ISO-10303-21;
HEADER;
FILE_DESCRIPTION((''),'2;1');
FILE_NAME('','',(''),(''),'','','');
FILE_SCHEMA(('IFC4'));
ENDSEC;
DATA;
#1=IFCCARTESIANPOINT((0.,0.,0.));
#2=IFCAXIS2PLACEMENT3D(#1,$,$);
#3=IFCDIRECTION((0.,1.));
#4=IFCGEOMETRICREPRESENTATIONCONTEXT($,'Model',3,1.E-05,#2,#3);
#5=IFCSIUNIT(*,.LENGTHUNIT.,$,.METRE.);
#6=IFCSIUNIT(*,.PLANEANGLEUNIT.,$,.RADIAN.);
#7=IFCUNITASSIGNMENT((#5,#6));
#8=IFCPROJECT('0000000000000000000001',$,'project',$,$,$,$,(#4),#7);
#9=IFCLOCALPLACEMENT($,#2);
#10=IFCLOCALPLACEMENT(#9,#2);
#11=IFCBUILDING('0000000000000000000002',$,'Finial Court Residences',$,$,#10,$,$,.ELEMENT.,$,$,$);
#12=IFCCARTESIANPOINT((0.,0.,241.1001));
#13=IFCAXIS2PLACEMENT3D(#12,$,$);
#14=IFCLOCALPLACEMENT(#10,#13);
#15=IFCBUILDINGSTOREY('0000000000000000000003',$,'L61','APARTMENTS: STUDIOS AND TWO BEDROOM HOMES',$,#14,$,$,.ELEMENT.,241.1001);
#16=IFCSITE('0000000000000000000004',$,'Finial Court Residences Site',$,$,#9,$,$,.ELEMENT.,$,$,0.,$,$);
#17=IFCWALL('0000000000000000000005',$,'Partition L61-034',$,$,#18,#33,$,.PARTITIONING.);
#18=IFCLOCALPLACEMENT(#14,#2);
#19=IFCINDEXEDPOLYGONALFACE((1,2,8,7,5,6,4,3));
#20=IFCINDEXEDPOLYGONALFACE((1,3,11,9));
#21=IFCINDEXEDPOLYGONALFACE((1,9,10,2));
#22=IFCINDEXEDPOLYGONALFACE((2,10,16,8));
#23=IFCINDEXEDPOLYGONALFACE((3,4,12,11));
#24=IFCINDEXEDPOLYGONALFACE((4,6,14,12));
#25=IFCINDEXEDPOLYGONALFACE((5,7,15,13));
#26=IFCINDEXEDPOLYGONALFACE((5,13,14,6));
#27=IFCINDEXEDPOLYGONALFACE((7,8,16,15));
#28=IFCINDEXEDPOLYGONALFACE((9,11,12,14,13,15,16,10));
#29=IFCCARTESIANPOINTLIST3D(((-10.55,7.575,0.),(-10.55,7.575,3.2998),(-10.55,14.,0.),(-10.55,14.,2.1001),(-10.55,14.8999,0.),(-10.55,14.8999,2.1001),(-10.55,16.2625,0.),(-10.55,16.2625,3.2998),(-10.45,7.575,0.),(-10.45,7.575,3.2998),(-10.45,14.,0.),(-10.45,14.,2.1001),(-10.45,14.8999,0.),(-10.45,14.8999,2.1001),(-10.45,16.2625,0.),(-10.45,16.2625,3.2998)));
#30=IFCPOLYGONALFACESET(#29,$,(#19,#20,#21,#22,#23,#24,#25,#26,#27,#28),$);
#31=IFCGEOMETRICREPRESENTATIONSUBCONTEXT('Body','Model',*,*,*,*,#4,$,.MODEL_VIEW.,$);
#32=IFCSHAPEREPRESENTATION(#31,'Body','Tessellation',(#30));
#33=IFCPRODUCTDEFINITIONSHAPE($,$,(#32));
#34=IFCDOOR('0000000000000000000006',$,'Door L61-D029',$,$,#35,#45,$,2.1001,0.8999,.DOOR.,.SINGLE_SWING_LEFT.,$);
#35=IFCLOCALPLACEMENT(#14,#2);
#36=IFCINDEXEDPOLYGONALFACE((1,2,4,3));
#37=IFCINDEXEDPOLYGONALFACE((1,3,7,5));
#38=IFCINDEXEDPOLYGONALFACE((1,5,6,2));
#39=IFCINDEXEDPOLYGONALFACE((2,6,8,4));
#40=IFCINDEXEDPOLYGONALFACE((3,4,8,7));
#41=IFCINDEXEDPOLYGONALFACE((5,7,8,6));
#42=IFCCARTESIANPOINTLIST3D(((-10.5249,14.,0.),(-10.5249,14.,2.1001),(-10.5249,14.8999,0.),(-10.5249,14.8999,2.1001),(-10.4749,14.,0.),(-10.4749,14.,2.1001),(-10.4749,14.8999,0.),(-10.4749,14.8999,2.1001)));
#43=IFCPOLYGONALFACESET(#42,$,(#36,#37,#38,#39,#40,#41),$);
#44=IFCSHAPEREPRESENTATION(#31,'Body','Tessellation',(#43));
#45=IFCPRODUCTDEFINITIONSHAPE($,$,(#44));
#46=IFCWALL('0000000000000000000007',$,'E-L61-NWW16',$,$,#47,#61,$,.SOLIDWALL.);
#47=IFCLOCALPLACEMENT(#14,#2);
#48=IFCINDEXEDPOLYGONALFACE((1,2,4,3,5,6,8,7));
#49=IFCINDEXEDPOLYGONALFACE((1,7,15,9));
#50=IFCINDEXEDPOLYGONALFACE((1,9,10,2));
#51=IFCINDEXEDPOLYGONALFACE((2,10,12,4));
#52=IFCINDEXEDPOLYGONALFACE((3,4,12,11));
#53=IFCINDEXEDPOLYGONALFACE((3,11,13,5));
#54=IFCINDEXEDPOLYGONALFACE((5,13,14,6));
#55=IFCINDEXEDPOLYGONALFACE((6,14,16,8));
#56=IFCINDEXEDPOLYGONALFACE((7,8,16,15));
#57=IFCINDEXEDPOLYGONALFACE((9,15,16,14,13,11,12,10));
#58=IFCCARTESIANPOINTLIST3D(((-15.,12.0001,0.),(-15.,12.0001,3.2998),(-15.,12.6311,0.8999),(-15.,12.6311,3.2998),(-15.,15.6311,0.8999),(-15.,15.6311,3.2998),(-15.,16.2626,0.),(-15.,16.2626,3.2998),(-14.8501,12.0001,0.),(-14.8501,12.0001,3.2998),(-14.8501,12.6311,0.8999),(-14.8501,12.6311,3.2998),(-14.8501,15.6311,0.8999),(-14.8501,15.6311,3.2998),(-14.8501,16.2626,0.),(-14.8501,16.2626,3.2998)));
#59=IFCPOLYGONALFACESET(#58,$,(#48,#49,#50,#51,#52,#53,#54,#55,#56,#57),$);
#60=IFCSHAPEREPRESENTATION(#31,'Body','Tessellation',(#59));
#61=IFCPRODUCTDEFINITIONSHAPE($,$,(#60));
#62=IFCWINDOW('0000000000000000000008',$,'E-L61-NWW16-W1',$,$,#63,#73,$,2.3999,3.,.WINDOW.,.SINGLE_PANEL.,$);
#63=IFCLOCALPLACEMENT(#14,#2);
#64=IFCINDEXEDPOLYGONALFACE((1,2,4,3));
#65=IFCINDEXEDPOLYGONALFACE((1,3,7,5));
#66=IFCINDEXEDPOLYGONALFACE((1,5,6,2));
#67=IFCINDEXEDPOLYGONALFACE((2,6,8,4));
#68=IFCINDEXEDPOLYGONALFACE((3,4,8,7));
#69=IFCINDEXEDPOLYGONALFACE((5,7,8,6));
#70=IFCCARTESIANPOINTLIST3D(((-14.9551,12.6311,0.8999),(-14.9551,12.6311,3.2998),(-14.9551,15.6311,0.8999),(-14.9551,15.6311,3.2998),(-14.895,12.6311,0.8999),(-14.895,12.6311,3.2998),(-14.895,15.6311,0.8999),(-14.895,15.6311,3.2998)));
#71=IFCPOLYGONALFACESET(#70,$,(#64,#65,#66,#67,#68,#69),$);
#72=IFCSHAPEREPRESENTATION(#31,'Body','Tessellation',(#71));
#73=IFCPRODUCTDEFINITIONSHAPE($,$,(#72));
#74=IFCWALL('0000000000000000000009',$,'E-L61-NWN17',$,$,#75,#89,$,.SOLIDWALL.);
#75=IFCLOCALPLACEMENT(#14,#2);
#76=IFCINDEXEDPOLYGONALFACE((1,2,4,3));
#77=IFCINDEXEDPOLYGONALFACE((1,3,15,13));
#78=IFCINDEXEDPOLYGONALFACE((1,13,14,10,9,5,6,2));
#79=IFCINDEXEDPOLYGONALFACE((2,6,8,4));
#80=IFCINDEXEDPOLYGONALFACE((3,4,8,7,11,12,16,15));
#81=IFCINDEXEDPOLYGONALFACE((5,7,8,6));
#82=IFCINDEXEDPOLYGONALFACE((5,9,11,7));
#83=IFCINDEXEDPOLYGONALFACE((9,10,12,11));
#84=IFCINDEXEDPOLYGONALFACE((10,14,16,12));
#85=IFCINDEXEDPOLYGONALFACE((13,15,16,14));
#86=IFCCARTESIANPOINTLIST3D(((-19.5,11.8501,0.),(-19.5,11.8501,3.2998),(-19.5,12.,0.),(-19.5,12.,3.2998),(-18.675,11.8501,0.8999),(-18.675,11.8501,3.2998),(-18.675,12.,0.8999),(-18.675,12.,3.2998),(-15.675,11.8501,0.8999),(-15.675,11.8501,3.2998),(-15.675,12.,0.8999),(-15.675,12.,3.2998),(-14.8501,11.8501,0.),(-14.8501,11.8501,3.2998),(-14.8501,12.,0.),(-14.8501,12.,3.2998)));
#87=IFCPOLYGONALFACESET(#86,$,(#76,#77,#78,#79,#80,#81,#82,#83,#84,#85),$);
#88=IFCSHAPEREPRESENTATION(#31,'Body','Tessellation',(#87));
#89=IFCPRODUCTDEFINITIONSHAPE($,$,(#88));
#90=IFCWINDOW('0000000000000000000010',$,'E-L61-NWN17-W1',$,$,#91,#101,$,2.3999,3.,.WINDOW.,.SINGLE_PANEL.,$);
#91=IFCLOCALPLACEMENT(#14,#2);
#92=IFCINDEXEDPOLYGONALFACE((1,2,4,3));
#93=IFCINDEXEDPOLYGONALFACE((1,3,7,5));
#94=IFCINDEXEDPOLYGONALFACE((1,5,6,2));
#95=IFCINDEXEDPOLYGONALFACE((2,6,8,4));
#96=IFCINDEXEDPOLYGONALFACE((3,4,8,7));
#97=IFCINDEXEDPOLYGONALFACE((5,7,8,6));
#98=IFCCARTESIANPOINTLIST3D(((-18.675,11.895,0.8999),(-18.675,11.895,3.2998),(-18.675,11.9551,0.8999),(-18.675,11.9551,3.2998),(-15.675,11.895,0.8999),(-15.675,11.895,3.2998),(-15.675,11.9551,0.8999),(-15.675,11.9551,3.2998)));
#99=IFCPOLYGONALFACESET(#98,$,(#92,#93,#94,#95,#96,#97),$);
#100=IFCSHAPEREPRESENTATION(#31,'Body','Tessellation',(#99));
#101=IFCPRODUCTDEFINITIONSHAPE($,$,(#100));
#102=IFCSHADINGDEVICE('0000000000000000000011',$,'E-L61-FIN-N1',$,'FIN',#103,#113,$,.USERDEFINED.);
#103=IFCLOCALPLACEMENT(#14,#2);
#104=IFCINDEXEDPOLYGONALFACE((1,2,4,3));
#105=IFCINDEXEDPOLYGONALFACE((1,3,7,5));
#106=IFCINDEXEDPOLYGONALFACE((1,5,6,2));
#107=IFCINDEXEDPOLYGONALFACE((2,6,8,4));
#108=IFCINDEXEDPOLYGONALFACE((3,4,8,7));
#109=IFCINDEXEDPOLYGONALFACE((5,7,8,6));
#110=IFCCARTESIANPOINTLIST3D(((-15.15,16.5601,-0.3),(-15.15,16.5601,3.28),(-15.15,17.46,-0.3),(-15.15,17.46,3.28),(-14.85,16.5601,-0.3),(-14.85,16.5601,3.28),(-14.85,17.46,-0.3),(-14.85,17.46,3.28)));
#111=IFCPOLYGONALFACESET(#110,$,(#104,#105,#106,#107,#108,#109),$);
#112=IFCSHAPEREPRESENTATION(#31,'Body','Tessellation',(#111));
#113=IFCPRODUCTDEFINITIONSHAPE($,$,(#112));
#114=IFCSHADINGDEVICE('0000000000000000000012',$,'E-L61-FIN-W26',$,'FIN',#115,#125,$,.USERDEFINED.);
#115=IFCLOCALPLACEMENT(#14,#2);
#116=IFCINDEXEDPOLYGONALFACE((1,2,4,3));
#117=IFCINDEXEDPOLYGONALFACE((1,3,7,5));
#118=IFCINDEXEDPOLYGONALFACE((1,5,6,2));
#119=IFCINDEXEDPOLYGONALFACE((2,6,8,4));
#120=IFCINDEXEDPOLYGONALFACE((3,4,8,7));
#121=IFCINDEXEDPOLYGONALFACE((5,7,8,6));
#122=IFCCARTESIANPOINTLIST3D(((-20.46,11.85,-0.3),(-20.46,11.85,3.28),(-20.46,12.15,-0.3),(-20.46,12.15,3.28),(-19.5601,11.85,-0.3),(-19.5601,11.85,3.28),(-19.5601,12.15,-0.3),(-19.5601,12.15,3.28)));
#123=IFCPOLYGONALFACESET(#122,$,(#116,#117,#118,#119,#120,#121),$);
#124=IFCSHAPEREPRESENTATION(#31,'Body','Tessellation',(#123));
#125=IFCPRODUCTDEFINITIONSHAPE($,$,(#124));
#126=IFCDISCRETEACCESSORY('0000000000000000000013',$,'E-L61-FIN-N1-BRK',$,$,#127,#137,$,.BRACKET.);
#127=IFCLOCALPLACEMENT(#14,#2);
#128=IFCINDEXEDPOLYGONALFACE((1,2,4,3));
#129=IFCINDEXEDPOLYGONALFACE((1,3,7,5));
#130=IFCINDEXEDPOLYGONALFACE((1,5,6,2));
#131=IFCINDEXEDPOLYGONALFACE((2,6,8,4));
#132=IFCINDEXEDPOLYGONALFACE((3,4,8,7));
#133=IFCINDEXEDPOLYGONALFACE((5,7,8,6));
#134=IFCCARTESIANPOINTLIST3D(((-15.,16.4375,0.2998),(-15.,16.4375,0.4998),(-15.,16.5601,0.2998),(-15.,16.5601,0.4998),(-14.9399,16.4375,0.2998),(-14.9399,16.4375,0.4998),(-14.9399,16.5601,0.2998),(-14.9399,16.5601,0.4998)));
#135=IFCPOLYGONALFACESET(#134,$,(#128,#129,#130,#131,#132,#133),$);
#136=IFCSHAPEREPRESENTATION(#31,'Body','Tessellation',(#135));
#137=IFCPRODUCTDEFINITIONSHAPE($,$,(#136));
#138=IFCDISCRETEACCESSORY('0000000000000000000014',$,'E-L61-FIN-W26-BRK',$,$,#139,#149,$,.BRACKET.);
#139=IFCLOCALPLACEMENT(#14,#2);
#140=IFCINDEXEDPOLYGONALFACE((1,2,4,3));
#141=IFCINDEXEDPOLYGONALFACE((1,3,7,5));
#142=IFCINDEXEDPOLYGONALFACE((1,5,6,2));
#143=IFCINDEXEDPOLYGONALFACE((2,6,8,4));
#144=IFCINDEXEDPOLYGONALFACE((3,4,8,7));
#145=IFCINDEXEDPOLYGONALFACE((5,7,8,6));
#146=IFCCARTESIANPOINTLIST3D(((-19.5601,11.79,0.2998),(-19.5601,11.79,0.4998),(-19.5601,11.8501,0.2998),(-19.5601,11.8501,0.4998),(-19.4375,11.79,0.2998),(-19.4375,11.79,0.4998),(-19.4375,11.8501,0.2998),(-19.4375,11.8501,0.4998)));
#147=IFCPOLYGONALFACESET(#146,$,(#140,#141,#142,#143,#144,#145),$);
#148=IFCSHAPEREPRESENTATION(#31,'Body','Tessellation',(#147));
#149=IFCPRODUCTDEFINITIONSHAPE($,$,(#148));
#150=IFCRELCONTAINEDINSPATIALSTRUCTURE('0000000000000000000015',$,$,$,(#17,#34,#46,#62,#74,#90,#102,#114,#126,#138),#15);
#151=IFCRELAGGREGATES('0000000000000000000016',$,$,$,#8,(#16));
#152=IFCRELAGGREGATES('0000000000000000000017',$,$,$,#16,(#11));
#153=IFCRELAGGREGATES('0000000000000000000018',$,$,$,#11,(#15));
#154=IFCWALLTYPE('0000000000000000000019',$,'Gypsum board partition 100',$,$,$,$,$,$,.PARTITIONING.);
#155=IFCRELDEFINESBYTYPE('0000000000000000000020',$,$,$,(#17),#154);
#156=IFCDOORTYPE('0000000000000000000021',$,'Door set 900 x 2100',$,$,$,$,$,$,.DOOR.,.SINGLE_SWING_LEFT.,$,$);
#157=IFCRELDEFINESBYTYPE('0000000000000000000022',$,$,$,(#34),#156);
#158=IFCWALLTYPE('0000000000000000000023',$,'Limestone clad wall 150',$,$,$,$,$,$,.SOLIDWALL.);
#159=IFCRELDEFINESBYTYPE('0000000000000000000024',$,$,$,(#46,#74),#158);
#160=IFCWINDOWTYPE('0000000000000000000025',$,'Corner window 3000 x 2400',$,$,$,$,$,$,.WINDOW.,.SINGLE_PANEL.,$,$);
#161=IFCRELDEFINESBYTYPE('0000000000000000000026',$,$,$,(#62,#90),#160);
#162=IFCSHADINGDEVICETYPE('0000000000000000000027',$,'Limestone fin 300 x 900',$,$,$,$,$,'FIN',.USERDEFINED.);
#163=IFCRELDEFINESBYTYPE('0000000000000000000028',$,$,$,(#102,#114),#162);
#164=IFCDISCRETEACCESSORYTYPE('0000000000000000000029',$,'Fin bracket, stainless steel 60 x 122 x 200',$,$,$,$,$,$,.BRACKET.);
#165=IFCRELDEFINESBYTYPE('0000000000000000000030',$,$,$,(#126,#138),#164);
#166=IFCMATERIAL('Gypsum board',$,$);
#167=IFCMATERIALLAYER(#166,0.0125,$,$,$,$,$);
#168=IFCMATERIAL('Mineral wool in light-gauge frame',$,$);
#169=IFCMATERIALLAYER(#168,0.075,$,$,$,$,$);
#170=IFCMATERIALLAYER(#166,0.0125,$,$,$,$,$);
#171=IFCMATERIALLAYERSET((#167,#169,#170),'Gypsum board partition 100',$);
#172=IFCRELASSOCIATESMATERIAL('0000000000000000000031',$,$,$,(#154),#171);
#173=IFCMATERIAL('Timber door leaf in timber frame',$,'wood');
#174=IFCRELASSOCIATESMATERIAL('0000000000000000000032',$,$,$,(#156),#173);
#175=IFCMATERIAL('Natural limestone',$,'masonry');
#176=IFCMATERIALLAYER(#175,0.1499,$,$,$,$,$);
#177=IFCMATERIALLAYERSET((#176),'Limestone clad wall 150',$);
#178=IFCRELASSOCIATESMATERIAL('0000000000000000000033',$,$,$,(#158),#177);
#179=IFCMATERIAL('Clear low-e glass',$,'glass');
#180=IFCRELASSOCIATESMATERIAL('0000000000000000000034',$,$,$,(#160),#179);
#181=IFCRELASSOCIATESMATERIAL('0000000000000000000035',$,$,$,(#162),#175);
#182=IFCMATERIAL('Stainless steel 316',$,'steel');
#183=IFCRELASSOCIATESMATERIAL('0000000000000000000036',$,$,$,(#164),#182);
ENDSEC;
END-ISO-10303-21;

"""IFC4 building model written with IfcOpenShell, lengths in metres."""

from ifc_helpers import new_model, si_unit, direction, frame, frame_2d, origin, origin_2d, place, context, subcontext, project, spatial, rectangle, extrude, material, layer, layer_set, type_object, element, fill, save


model = new_model("IFC4")

# Units and contexts
model_context = context("Model", 3, precision=1e-05, world=origin(), true_north=direction((0.0, 1.0)))
body_context = subcontext(model_context, "Body", "Model", "MODEL_VIEW")
ifc_project = project(units=[si_unit("LENGTHUNIT", "METRE"), si_unit("PLANEANGLEUNIT", "RADIAN")], contexts=[model_context])

# Site, building, storey
site_placement = place(None, origin())
site = spatial("IfcSite", under=ifc_project, at=site_placement, Name="Finial Court Residences Site", CompositionType="ELEMENT", RefElevation=0.0)
building_placement = place(site_placement, origin())
building = spatial("IfcBuilding", under=site, at=building_placement, Name="Finial Court Residences", CompositionType="ELEMENT")
storey_placement = place(building_placement, frame((0.0, 0.0, 241.1001)))
storey = spatial("IfcBuildingStorey", under=building, at=storey_placement, Name="L61", Description="APARTMENTS: STUDIOS AND TWO BEDROOM HOMES", CompositionType="ELEMENT", Elevation=241.1001)

# Shared definitions
ifc_material_1 = material(Name="Clear low-e glass", Category="glass")

# Wall, opening, door
ifc_material_2 = material(Name="Gypsum board")
ifc_layer_1 = layer(ifc_material_2, 0.0125)
ifc_material_3 = material(Name="Mineral wool in light-gauge frame")
ifc_layer_2 = layer(ifc_material_3, 0.075)
ifc_layer_3 = layer(ifc_material_2, 0.0125)
ifc_layer_set_1 = layer_set([ifc_layer_1, ifc_layer_2, ifc_layer_3], Name="Gypsum board partition 100")
wall_type_1 = type_object("IfcWallType", Name="Gypsum board partition 100", PredefinedType="PARTITIONING", material=ifc_layer_set_1)
ifc_material_4 = material(Name="Timber door leaf in timber frame", Category="wood")
door_type = type_object("IfcDoorType", Name="Door set 900 x 2100", OperationType="SINGLE_SWING_LEFT", PredefinedType="DOOR", material=ifc_material_4)
wall_1_placement = place(storey_placement, frame((-10.5, 7.575, 0.0), z_axis=(0.0, 0.0, 1.0), x_axis=(0.0, 1.0, 0.0)))
wall_1 = element("IfcWall", 1, at=wall_1_placement, inside=storey, type_object=wall_type_1, Name="Partition L61-034", PredefinedType="PARTITIONING", context=body_context, shape_type="SweptSolid", body=[
    extrude(rectangle(XDim=8.6875, YDim=0.1001, at=frame_2d((4.3438, 0.0))), origin(), (0.0, 0.0, 1.0), 3.2998),
])
opening_1_placement = place(wall_1_placement, frame((6.425, 0.0, 0.0)))
opening_1 = element("IfcOpeningElement", 2, at=opening_1_placement, cuts=wall_1, PredefinedType="OPENING", context=body_context, shape_type="SweptSolid", body=[
    extrude(rectangle(XDim=0.8999, YDim=2.1001, at=frame_2d((0.45, 1.05))), frame((0.0, 0.0601, 0.0), z_axis=(0.0, -1.0, 0.0), x_axis=(1.0, 0.0, 0.0)), (0.0, 0.0, 1.0), 0.1201),
])
door_1_placement = place(opening_1_placement, origin())
door_1 = element("IfcDoor", 3, at=door_1_placement, inside=storey, type_object=door_type, Name="Door L61-D029", OperationType="SINGLE_SWING_LEFT", OverallHeight=2.1001, OverallWidth=0.8999, PredefinedType="DOOR", context=body_context, shape_type="SweptSolid", body=[
    extrude(rectangle(XDim=0.8999, YDim=2.1001, at=frame_2d((0.45, 1.05))), frame((0.0, 0.0249, 0.0), z_axis=(0.0, -1.0, 0.0), x_axis=(1.0, 0.0, 0.0)), (0.0, 0.0, 1.0), 0.05),
])
fill(opening_1, door_1)

# Walls, openings, windows
ifc_material_5 = material(Name="Natural limestone", Category="masonry")
ifc_layer_4 = layer(ifc_material_5, 0.1499)
ifc_layer_set_2 = layer_set([ifc_layer_4], Name="Limestone clad wall 150")
wall_type_2 = type_object("IfcWallType", Name="Limestone clad wall 150", PredefinedType="SOLIDWALL", material=ifc_layer_set_2)
wall_2_placement = place(storey_placement, frame((-14.925, 12.0, 0.0), z_axis=(0.0, 0.0, 1.0), x_axis=(0.0, 1.0, 0.0)))
wall_2 = element("IfcWall", 4, at=wall_2_placement, inside=storey, type_object=wall_type_2, Name="E-L61-NWW16", PredefinedType="SOLIDWALL", context=body_context, shape_type="SweptSolid", body=[
    extrude(rectangle(XDim=4.2625, YDim=0.1499, at=frame_2d((2.1313, 0.0))), origin(), (0.0, 0.0, 1.0), 3.2998),
])
opening_2_placement = place(wall_2_placement, frame((0.6311, 0.0, 0.8999)))
opening_2 = element("IfcOpeningElement", 5, at=opening_2_placement, cuts=wall_2, PredefinedType="OPENING", context=body_context, shape_type="SweptSolid", body=[
    extrude(rectangle(XDim=3.0, YDim=2.3999, at=frame_2d((1.5, 1.2))), frame((0.0, 0.085, 0.0), z_axis=(0.0, -1.0, 0.0), x_axis=(1.0, 0.0, 0.0)), (0.0, 0.0, 1.0), 0.1699),
])
window_type = type_object("IfcWindowType", Name="Corner window 3000 x 2400", PartitioningType="SINGLE_PANEL", PredefinedType="WINDOW", material=ifc_material_1)
window_1_placement = place(opening_2_placement, origin())
window_1 = element("IfcWindow", 6, at=window_1_placement, inside=storey, type_object=window_type, Name="E-L61-NWW16-W1", OverallHeight=2.3999, OverallWidth=3.0, PartitioningType="SINGLE_PANEL", PredefinedType="WINDOW", context=body_context, shape_type="SweptSolid", body=[
    extrude(rectangle(XDim=3.0, YDim=2.3999, at=frame_2d((1.5, 1.2))), frame((0.0, 0.03, 0.0), z_axis=(0.0, -1.0, 0.0), x_axis=(1.0, 0.0, 0.0)), (0.0, 0.0, 1.0), 0.0601),
])
fill(opening_2, window_1)
wall_3_placement = place(storey_placement, frame((-19.5, 11.925, 0.0), z_axis=(0.0, 0.0, 1.0), x_axis=(1.0, 0.0, 0.0)))
wall_3 = element("IfcWall", 7, at=wall_3_placement, inside=storey, type_object=wall_type_2, Name="E-L61-NWN17", PredefinedType="SOLIDWALL", context=body_context, shape_type="SweptSolid", body=[
    extrude(rectangle(XDim=4.6499, YDim=0.1499, at=frame_2d((2.325, 0.0))), origin(), (0.0, 0.0, 1.0), 3.2998),
])
opening_3_placement = place(wall_3_placement, frame((0.825, 0.0, 0.8999)))
opening_3 = element("IfcOpeningElement", 8, at=opening_3_placement, cuts=wall_3, PredefinedType="OPENING", context=body_context, shape_type="SweptSolid", body=[
    extrude(rectangle(XDim=3.0, YDim=2.3999, at=frame_2d((1.5, 1.2))), frame((0.0, 0.085, 0.0), z_axis=(0.0, -1.0, 0.0), x_axis=(1.0, 0.0, 0.0)), (0.0, 0.0, 1.0), 0.1699),
])
window_2_placement = place(opening_3_placement, origin())
window_2 = element("IfcWindow", 9, at=window_2_placement, inside=storey, type_object=window_type, Name="E-L61-NWN17-W1", OverallHeight=2.3999, OverallWidth=3.0, PartitioningType="SINGLE_PANEL", PredefinedType="WINDOW", context=body_context, shape_type="SweptSolid", body=[
    extrude(rectangle(XDim=3.0, YDim=2.3999, at=frame_2d((1.5, 1.2))), frame((0.0, 0.03, 0.0), z_axis=(0.0, -1.0, 0.0), x_axis=(1.0, 0.0, 0.0)), (0.0, 0.0, 1.0), 0.0601),
])
fill(opening_3, window_2)

# Shading devices
shading_device_type = type_object("IfcShadingDeviceType", Name="Limestone fin 300 x 900", ElementType="FIN", PredefinedType="USERDEFINED", material=ifc_material_5)
shading_device_1_placement = place(storey_placement, frame((-15.0, 17.01, -0.3), z_axis=(0.0, 0.0, 1.0), x_axis=(1.0, 0.0, 0.0)))
element("IfcShadingDevice", 10, at=shading_device_1_placement, inside=storey, type_object=shading_device_type, Name="E-L61-FIN-N1", ObjectType="FIN", PredefinedType="USERDEFINED", context=body_context, shape_type="SweptSolid", body=[
    extrude(rectangle(XDim=0.3, YDim=0.8999, at=origin_2d()), origin(), (0.0, 0.0, 1.0), 3.5801),
])
shading_device_2_placement = place(storey_placement, frame((-20.01, 12.0, -0.3), z_axis=(0.0, 0.0, 1.0), x_axis=(1.0, 0.0, 0.0)))
element("IfcShadingDevice", 11, at=shading_device_2_placement, inside=storey, type_object=shading_device_type, Name="E-L61-FIN-W26", ObjectType="FIN", PredefinedType="USERDEFINED", context=body_context, shape_type="SweptSolid", body=[
    extrude(rectangle(XDim=0.8999, YDim=0.3, at=origin_2d()), origin(), (0.0, 0.0, 1.0), 3.5801),
])

# Discrete accessories
ifc_material_6 = material(Name="Stainless steel 316", Category="steel")
discrete_accessory_type = type_object("IfcDiscreteAccessoryType", Name="Fin bracket, stainless steel 60 x 122 x 200", PredefinedType="BRACKET", material=ifc_material_6)
discrete_accessory_1_placement = place(storey_placement, frame((-14.97, 16.4988, 0.2998), z_axis=(0.0, 0.0, 1.0), x_axis=(1.0, 0.0, 0.0)))
element("IfcDiscreteAccessory", 12, at=discrete_accessory_1_placement, inside=storey, type_object=discrete_accessory_type, Name="E-L61-FIN-N1-BRK", PredefinedType="BRACKET", context=body_context, shape_type="SweptSolid", body=[
    extrude(rectangle(XDim=0.0601, YDim=0.1226, at=origin_2d()), origin(), (0.0, 0.0, 1.0), 0.2),
])
discrete_accessory_2_placement = place(storey_placement, frame((-19.4988, 11.8201, 0.2998), z_axis=(0.0, 0.0, 1.0), x_axis=(1.0, 0.0, 0.0)))
element("IfcDiscreteAccessory", 13, at=discrete_accessory_2_placement, inside=storey, type_object=discrete_accessory_type, Name="E-L61-FIN-W26-BRK", PredefinedType="BRACKET", context=body_context, shape_type="SweptSolid", body=[
    extrude(rectangle(XDim=0.1226, YDim=0.0601, at=origin_2d()), origin(), (0.0, 0.0, 1.0), 0.2),
])

save(model, "model.ifc")
